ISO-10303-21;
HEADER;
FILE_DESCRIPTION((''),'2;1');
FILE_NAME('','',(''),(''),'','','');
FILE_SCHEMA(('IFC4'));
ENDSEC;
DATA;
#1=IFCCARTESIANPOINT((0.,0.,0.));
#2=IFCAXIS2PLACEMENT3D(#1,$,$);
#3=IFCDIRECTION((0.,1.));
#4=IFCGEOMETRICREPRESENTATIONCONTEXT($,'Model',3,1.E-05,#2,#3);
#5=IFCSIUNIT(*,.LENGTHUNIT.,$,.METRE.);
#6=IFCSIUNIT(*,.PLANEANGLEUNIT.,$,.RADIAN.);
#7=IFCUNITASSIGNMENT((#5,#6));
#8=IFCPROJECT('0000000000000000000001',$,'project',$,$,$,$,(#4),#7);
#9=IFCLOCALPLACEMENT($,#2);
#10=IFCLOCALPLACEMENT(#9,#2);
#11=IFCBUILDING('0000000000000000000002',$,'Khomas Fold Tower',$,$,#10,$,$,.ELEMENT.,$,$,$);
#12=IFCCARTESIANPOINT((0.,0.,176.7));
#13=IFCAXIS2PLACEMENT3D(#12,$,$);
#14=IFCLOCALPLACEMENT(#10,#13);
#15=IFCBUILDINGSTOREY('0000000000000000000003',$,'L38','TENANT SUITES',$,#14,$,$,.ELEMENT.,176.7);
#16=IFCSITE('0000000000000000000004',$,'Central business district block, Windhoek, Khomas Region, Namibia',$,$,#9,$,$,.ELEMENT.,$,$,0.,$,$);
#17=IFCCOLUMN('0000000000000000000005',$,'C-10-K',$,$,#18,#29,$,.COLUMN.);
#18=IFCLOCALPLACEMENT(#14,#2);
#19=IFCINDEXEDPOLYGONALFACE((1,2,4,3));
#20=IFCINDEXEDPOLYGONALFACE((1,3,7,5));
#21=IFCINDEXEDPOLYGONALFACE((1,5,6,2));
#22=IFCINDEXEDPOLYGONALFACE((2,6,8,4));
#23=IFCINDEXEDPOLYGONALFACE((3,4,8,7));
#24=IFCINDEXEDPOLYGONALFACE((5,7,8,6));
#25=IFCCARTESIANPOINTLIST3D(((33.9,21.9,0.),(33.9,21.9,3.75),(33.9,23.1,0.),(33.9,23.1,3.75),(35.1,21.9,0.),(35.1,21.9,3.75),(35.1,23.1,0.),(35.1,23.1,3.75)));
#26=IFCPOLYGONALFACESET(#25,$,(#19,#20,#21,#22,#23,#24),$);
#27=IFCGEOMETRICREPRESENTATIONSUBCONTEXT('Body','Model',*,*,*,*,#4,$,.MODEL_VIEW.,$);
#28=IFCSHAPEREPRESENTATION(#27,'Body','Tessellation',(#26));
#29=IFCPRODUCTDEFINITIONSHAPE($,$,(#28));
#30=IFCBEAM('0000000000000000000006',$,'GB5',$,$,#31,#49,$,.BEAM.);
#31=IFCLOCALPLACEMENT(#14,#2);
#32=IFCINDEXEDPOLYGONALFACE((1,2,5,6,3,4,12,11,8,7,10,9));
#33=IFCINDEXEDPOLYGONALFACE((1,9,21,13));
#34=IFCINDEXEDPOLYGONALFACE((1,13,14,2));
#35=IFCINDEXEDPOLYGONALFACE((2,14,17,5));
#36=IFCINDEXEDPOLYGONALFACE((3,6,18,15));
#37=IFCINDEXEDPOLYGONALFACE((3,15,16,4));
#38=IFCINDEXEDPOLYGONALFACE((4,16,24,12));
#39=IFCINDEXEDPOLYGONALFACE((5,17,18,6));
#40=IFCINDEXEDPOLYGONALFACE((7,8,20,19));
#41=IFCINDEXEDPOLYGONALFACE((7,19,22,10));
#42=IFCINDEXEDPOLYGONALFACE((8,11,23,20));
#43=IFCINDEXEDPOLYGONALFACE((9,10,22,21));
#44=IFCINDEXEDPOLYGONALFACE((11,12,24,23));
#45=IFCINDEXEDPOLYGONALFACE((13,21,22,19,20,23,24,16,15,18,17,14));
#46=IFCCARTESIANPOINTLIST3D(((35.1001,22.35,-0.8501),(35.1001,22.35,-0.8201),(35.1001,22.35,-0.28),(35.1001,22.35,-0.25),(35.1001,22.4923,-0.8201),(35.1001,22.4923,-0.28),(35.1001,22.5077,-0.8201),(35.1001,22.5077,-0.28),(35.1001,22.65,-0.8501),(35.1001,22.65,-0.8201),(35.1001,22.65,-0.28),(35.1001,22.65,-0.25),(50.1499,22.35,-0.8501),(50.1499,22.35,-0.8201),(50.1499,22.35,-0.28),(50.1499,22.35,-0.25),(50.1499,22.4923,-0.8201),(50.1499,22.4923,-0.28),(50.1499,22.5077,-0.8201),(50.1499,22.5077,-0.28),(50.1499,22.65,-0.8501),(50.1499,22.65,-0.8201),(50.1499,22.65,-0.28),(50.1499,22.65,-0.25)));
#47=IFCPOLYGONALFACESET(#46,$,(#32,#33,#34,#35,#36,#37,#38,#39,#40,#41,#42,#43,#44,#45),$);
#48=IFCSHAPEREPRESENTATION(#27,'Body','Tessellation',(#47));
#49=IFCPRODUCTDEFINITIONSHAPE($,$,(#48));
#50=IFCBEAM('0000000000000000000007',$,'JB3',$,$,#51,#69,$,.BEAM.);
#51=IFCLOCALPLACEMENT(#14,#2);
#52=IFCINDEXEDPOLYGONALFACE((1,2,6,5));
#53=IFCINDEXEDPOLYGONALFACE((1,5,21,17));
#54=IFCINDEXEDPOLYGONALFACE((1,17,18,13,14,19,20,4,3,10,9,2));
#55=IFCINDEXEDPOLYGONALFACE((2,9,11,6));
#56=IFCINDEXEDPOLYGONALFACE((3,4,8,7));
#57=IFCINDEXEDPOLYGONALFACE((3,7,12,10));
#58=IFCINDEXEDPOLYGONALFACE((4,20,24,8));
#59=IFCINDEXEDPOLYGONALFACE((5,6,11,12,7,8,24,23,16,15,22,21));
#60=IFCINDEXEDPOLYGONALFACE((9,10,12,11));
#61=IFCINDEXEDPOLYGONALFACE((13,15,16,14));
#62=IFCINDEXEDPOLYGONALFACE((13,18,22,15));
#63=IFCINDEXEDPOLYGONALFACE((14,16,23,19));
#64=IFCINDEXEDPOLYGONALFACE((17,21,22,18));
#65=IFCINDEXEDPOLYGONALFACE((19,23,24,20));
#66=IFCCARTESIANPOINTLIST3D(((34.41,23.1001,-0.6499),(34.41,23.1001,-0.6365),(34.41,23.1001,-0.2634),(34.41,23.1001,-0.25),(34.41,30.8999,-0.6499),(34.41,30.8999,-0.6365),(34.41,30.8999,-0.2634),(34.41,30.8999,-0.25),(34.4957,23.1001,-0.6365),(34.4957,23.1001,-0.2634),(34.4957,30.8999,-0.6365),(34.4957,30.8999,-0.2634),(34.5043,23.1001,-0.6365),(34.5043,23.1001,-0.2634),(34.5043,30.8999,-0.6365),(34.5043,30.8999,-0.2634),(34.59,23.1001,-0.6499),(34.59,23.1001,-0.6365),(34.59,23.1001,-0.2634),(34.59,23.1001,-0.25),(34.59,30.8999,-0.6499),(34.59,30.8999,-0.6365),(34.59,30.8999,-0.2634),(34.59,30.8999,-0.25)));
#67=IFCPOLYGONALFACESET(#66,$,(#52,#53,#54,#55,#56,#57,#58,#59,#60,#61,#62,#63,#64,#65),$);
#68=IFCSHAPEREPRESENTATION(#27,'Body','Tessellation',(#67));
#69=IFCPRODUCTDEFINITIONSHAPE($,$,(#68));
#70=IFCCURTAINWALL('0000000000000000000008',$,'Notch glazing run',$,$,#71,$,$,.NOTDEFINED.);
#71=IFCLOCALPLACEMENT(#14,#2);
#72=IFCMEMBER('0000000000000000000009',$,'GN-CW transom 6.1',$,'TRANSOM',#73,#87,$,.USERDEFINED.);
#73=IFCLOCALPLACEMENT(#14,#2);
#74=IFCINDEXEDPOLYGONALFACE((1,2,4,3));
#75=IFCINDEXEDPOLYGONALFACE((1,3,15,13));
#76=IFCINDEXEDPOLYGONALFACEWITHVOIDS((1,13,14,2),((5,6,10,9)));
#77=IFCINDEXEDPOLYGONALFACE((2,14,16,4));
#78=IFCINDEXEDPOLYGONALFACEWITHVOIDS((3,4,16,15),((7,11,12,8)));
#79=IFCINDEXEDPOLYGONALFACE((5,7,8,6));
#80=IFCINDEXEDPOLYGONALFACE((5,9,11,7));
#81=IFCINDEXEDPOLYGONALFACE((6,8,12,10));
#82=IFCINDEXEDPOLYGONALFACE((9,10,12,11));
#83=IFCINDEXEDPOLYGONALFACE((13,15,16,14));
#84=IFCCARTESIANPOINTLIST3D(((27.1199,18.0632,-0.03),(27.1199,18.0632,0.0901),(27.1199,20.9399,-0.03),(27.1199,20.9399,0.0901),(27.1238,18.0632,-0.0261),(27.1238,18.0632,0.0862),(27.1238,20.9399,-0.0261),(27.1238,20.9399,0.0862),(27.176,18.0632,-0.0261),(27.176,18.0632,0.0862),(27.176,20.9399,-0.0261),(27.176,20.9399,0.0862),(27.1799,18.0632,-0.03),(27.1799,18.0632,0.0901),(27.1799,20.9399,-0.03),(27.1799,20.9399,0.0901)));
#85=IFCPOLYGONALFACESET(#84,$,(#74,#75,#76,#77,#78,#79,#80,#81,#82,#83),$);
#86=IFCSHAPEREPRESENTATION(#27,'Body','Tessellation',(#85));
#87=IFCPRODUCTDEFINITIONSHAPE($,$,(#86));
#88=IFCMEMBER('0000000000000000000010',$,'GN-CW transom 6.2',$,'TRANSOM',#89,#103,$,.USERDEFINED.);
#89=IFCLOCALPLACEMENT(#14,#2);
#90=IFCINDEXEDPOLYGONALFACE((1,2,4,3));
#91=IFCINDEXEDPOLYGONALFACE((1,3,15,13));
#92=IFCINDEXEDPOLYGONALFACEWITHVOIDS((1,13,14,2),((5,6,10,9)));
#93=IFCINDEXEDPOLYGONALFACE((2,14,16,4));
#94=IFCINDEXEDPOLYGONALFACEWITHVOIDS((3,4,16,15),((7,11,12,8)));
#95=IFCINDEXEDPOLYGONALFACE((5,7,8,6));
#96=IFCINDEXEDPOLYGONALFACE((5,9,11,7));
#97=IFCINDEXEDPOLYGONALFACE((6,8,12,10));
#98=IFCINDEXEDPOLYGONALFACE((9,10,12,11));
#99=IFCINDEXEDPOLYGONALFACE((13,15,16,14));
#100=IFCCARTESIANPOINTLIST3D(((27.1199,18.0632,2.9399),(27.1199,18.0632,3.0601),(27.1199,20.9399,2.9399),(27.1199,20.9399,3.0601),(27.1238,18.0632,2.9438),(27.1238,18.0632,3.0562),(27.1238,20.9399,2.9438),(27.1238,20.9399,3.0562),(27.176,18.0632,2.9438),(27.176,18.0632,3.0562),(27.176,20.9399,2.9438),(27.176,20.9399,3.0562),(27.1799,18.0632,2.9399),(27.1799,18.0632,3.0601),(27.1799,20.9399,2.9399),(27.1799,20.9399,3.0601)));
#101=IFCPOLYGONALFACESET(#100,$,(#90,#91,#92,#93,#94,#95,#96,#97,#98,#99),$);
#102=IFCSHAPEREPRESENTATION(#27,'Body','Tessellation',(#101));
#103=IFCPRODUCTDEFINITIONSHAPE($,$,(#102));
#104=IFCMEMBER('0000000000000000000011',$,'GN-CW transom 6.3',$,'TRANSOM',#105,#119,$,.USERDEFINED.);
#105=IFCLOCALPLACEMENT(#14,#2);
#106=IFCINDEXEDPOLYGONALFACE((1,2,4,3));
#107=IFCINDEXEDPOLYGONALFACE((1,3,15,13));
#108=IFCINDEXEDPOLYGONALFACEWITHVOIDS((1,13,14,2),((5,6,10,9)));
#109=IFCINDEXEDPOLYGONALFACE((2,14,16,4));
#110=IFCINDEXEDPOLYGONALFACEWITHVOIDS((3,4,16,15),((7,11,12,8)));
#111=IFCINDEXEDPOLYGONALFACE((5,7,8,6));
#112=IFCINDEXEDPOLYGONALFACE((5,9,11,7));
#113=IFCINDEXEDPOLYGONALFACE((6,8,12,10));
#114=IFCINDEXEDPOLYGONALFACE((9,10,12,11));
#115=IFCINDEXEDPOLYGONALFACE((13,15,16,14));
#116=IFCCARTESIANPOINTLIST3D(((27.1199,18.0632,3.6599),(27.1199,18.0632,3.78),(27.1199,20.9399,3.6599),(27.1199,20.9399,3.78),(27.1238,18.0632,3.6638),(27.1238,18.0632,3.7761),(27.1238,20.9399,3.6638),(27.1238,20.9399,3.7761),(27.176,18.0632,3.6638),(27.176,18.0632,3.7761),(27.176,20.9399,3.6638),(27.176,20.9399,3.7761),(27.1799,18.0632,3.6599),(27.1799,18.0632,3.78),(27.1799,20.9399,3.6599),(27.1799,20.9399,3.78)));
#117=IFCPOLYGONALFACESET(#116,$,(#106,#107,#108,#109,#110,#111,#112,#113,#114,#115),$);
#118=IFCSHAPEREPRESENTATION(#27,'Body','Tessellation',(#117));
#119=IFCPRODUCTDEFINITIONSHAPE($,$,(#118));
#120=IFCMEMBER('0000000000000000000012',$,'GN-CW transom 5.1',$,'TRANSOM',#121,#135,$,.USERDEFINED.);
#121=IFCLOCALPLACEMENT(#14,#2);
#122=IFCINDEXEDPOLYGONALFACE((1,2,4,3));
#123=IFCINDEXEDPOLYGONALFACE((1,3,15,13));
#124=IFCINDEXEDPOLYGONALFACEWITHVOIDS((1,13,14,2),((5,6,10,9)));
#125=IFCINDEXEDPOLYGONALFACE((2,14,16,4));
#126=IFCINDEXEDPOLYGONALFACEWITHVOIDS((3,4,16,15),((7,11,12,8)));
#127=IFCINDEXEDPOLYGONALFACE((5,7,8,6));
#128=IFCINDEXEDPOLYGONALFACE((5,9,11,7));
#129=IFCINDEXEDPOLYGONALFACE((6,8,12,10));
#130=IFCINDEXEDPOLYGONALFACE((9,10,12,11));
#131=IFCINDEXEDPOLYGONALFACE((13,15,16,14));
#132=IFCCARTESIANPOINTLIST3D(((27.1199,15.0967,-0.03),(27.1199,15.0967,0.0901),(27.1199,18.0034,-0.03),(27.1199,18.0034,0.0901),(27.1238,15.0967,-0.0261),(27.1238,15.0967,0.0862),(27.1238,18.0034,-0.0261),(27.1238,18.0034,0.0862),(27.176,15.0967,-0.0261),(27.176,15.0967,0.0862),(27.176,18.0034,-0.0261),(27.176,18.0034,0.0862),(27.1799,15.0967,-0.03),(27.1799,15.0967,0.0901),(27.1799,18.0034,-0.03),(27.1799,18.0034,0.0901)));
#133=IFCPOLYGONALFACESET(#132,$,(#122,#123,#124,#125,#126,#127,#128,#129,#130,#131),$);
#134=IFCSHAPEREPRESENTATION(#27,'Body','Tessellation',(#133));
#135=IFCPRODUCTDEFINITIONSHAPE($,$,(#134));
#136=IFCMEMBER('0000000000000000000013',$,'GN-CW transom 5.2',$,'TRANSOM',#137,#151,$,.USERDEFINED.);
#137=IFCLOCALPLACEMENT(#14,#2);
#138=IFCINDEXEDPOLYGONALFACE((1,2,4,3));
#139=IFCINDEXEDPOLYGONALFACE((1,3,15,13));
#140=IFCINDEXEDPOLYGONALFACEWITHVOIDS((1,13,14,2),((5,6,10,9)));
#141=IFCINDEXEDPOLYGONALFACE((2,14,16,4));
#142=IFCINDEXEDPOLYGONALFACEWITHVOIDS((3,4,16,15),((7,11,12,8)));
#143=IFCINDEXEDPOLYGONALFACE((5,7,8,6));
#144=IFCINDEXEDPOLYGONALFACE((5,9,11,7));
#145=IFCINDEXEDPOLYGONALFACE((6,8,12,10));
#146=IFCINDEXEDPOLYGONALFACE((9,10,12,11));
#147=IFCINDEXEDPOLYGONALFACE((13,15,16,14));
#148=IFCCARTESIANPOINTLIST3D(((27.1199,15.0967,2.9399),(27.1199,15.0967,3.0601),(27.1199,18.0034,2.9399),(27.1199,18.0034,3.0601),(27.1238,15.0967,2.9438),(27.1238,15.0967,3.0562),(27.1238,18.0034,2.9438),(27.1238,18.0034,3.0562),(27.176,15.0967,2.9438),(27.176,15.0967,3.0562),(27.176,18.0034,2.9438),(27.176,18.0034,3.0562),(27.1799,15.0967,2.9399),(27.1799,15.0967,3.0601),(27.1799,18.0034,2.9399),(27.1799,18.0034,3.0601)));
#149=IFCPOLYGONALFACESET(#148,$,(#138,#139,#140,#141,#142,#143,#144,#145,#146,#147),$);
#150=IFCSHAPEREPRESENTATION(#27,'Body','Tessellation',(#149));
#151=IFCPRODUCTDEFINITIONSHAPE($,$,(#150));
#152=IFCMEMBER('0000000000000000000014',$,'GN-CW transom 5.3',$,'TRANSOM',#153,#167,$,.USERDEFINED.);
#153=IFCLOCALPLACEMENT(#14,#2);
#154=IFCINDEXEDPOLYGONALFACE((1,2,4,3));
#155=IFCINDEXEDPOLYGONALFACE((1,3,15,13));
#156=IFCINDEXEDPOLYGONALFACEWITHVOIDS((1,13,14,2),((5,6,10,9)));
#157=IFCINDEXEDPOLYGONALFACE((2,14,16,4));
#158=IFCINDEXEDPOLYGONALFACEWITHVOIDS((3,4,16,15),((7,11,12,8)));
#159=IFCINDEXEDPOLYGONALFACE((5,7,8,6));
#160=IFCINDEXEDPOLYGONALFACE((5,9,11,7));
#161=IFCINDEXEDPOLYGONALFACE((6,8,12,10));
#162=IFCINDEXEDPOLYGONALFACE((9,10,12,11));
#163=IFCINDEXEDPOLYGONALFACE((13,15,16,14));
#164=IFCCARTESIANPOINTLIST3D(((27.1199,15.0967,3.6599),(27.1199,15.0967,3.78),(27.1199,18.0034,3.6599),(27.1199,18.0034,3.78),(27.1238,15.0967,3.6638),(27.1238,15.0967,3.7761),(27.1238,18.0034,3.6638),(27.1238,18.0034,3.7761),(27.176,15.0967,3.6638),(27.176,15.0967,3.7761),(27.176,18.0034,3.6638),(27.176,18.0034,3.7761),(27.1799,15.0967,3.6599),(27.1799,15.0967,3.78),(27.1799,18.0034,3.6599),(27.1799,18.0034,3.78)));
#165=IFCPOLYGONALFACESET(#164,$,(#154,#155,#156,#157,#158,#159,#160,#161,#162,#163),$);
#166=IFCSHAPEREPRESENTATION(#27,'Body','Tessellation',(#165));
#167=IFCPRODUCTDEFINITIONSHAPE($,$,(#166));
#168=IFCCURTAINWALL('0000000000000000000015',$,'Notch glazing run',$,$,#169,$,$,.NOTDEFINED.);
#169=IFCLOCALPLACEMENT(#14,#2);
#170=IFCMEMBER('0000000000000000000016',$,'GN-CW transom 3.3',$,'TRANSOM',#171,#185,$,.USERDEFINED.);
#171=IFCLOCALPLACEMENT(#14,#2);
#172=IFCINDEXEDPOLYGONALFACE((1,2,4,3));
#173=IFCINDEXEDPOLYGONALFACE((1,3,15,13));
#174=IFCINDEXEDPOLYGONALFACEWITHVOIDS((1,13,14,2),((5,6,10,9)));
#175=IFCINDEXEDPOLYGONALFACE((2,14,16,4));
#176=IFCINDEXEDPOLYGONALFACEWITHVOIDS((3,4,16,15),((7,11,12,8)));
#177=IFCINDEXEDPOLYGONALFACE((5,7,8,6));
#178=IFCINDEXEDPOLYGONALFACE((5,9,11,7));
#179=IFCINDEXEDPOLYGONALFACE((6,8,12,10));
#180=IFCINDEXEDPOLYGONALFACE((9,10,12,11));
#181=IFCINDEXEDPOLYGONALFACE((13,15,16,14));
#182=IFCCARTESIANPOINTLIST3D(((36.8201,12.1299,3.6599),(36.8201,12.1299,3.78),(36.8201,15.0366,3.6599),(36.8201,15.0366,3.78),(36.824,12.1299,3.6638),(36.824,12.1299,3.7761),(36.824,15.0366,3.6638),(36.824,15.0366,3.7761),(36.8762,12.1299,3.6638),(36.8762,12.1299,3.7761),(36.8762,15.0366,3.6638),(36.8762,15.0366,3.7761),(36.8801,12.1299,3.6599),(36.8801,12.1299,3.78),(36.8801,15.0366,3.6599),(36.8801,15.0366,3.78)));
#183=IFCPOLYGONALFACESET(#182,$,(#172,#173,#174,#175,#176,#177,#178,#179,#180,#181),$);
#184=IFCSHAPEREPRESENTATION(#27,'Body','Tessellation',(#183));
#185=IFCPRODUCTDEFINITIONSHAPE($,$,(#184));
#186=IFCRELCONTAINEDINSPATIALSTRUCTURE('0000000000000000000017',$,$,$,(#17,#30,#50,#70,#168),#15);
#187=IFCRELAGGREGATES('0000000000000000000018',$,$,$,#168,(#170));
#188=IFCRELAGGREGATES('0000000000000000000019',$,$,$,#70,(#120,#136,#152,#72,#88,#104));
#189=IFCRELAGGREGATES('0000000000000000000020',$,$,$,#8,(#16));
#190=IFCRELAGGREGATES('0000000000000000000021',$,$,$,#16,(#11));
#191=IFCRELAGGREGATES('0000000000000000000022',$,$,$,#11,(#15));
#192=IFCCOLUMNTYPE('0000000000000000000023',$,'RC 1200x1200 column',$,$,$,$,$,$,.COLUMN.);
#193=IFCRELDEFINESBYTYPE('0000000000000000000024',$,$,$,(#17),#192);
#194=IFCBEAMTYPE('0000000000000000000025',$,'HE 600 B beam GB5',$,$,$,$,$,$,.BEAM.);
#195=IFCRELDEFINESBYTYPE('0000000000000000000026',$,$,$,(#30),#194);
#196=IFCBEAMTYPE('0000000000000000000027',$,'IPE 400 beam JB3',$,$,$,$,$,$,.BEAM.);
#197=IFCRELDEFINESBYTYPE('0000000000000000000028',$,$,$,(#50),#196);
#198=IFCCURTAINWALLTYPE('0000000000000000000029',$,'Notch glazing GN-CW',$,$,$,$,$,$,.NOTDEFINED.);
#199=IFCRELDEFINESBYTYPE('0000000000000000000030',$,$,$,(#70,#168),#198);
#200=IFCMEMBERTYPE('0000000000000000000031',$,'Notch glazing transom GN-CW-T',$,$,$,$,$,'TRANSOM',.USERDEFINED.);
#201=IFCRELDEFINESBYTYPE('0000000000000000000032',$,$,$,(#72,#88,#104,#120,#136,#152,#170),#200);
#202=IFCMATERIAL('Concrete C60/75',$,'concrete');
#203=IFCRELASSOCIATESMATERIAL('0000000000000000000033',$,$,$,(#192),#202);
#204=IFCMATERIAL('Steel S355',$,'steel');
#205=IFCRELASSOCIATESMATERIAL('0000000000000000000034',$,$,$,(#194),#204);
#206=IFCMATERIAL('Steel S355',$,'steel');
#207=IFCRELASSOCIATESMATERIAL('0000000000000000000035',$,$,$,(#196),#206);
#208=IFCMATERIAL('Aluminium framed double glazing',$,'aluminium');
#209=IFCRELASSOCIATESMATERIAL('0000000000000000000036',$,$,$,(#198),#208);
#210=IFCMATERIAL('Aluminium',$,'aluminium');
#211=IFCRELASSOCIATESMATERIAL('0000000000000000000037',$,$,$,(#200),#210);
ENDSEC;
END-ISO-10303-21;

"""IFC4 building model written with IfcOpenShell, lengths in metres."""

from ifc_helpers import new_model, si_unit, direction, frame, origin, origin_2d, place, context, subcontext, project, spatial, rectangle, hollow_rectangle, i_section, extrude, source, transform, mapped, material, material_profile, profile_set, type_object, element, aggregate, save


model = new_model("IFC4")

# Units and contexts
model_context = context("Model", 3, precision=1e-05, world=origin(), true_north=direction((0.0, 1.0)))
body_context = subcontext(model_context, "Body", "Model", "MODEL_VIEW")
ifc_project = project(units=[si_unit("LENGTHUNIT", "METRE"), si_unit("PLANEANGLEUNIT", "RADIAN")], contexts=[model_context])

# Site, building, storey
site_placement = place(None, origin())
site = spatial("IfcSite", under=ifc_project, at=site_placement, Name="Central business district block, Windhoek, Khomas Region, Namibia", CompositionType="ELEMENT", RefElevation=0.0)
building_placement = place(site_placement, origin())
building = spatial("IfcBuilding", under=site, at=building_placement, Name="Khomas Fold Tower", CompositionType="ELEMENT")
storey_placement = place(building_placement, frame((0.0, 0.0, 176.7)))
storey = spatial("IfcBuildingStorey", under=building, at=storey_placement, Name="L38", Description="TENANT SUITES", CompositionType="ELEMENT", Elevation=176.7)

# Column
ifc_material_1 = material(Name="Concrete C60/75", Category="concrete")
ifc_material_profile_1 = material_profile(ifc_material_1, rectangle(XDim=1.2, YDim=1.2, at=origin_2d()), Name="RC 1200x1200")
ifc_profile_set_1 = profile_set([ifc_material_profile_1], Name="Concrete C60/75")
column_type = type_object("IfcColumnType", Name="RC 1200x1200 column", PredefinedType="COLUMN", material=ifc_profile_set_1)
shared_shape_1 = source(origin(), body_context, "Body", "SweptSolid", [
    extrude(rectangle(XDim=1.2, YDim=1.2, at=origin_2d()), origin(), (0.0, 0.0, 1.0), 3.75),
])
column_placement = place(storey_placement, frame((34.5, 22.5, 0.0), z_axis=(0.0, 0.0, 1.0), x_axis=(1.0, 0.0, 0.0)))
element("IfcColumn", 1, at=column_placement, inside=storey, type_object=column_type, Name="C-10-K", PredefinedType="COLUMN", context=body_context, shape_type="MappedRepresentation", body=[
    mapped(shared_shape_1, transform((0.0, 0.0, 0.0))),
])

# Beams
ifc_material_2 = material(Name="Steel S355", Category="steel")
ifc_material_profile_2 = material_profile(ifc_material_2, i_section(OverallWidth=0.3, OverallDepth=0.6001, WebThickness=0.0154, FlangeThickness=0.03, at=origin_2d()), Name="HE 600 B")
ifc_profile_set_2 = profile_set([ifc_material_profile_2], Name="Steel S355")
beam_type_1 = type_object("IfcBeamType", Name="HE 600 B beam GB5", PredefinedType="BEAM", material=ifc_profile_set_2)
shared_shape_2 = source(origin(), body_context, "Body", "SweptSolid", [
    extrude(i_section(OverallWidth=0.3, OverallDepth=0.6001, WebThickness=0.0154, FlangeThickness=0.03, at=origin_2d()), origin(), (0.0, 0.0, 1.0), 15.0498),
])
beam_1_placement = place(storey_placement, frame((35.1001, 22.5, -0.55), z_axis=(1.0, 0.0, 0.0), x_axis=(0.0, 1.0, 0.0)))
element("IfcBeam", 2, at=beam_1_placement, inside=storey, type_object=beam_type_1, Name="GB5", PredefinedType="BEAM", context=body_context, shape_type="MappedRepresentation", body=[
    mapped(shared_shape_2, transform((0.0, 0.0, 0.0))),
])
ifc_material_3 = material(Name="Steel S355", Category="steel")
ifc_material_profile_3 = material_profile(ifc_material_3, i_section(OverallWidth=0.1799, OverallDepth=0.3999, WebThickness=0.0085, FlangeThickness=0.0134, at=origin_2d()), Name="IPE 400")
ifc_profile_set_3 = profile_set([ifc_material_profile_3], Name="Steel S355")
beam_type_2 = type_object("IfcBeamType", Name="IPE 400 beam JB3", PredefinedType="BEAM", material=ifc_profile_set_3)
shared_shape_3 = source(origin(), body_context, "Body", "SweptSolid", [
    extrude(i_section(OverallWidth=0.1799, OverallDepth=0.3999, WebThickness=0.0085, FlangeThickness=0.0134, at=origin_2d()), origin(), (0.0, 0.0, 1.0), 7.7998),
])
beam_2_placement = place(storey_placement, frame((34.5, 23.1001, -0.45), z_axis=(0.0, 1.0, 0.0), x_axis=(-1.0, 0.0, 0.0)))
element("IfcBeam", 3, at=beam_2_placement, inside=storey, type_object=beam_type_2, Name="JB3", PredefinedType="BEAM", context=body_context, shape_type="MappedRepresentation", body=[
    mapped(shared_shape_3, transform((0.0, 0.0, 0.0))),
])

# Curtain wall, members
ifc_material_4 = material(Name="Aluminium framed double glazing", Category="aluminium")
curtain_wall_type = type_object("IfcCurtainWallType", Name="Notch glazing GN-CW", PredefinedType="NOTDEFINED", material=ifc_material_4)
curtain_wall_1_placement = place(storey_placement, origin())
curtain_wall_1 = element("IfcCurtainWall", 4, at=curtain_wall_1_placement, inside=storey, type_object=curtain_wall_type, Name="Notch glazing run", PredefinedType="NOTDEFINED")
ifc_material_5 = material(Name="Aluminium", Category="aluminium")
ifc_material_profile_4 = material_profile(ifc_material_5, hollow_rectangle(XDim=0.0601, YDim=0.1201, WallThickness=0.0039, at=origin_2d()), Name="Notch glazing transom GN-CW-T")
ifc_profile_set_4 = profile_set([ifc_material_profile_4], Name="Aluminium")
member_type_1 = type_object("IfcMemberType", Name="Notch glazing transom GN-CW-T", ElementType="TRANSOM", PredefinedType="USERDEFINED", material=ifc_profile_set_4)
shared_shape_4 = source(origin(), body_context, "Body", "SweptSolid", [
    extrude(hollow_rectangle(XDim=0.0601, YDim=0.1201, WallThickness=0.0039, at=origin_2d()), origin(), (0.0, 0.0, 1.0), 2.8767),
])
member_1_placement = place(storey_placement, frame((27.1499, 18.0632, 0.03), z_axis=(0.0, 1.0, 0.0), x_axis=(-1.0, 0.0, 0.0)))
member_1 = element("IfcMember", 5, at=member_1_placement, type_object=member_type_1, Name="GN-CW transom 6.1", ObjectType="TRANSOM", PredefinedType="USERDEFINED", context=body_context, shape_type="MappedRepresentation", body=[
    mapped(shared_shape_4, transform((0.0, 0.0, 0.0))),
])
member_2_placement = place(storey_placement, frame((27.1499, 18.0632, 3.0), z_axis=(0.0, 1.0, 0.0), x_axis=(-1.0, 0.0, 0.0)))
member_2 = element("IfcMember", 6, at=member_2_placement, type_object=member_type_1, Name="GN-CW transom 6.2", ObjectType="TRANSOM", PredefinedType="USERDEFINED", context=body_context, shape_type="MappedRepresentation", body=[
    mapped(shared_shape_4, transform((0.0, 0.0, 0.0))),
])
member_3_placement = place(storey_placement, frame((27.1499, 18.0632, 3.72), z_axis=(0.0, 1.0, 0.0), x_axis=(-1.0, 0.0, 0.0)))
member_3 = element("IfcMember", 7, at=member_3_placement, type_object=member_type_1, Name="GN-CW transom 6.3", ObjectType="TRANSOM", PredefinedType="USERDEFINED", context=body_context, shape_type="MappedRepresentation", body=[
    mapped(shared_shape_4, transform((0.0, 0.0, 0.0))),
])
shared_shape_5 = source(origin(), body_context, "Body", "SweptSolid", [
    extrude(hollow_rectangle(XDim=0.0601, YDim=0.1201, WallThickness=0.0039, at=origin_2d()), origin(), (0.0, 0.0, 1.0), 2.9067),
])
member_4_placement = place(storey_placement, frame((27.1499, 15.0967, 0.03), z_axis=(0.0, 1.0, 0.0), x_axis=(-1.0, 0.0, 0.0)))
member_4 = element("IfcMember", 8, at=member_4_placement, type_object=member_type_1, Name="GN-CW transom 5.1", ObjectType="TRANSOM", PredefinedType="USERDEFINED", context=body_context, shape_type="MappedRepresentation", body=[
    mapped(shared_shape_5, transform((0.0, 0.0, 0.0))),
])
member_5_placement = place(storey_placement, frame((27.1499, 15.0967, 3.0), z_axis=(0.0, 1.0, 0.0), x_axis=(-1.0, 0.0, 0.0)))
member_5 = element("IfcMember", 9, at=member_5_placement, type_object=member_type_1, Name="GN-CW transom 5.2", ObjectType="TRANSOM", PredefinedType="USERDEFINED", context=body_context, shape_type="MappedRepresentation", body=[
    mapped(shared_shape_5, transform((0.0, 0.0, 0.0))),
])
member_6_placement = place(storey_placement, frame((27.1499, 15.0967, 3.72), z_axis=(0.0, 1.0, 0.0), x_axis=(-1.0, 0.0, 0.0)))
member_6 = element("IfcMember", 10, at=member_6_placement, type_object=member_type_1, Name="GN-CW transom 5.3", ObjectType="TRANSOM", PredefinedType="USERDEFINED", context=body_context, shape_type="MappedRepresentation", body=[
    mapped(shared_shape_5, transform((0.0, 0.0, 0.0))),
])

# Curtain wall, member
curtain_wall_2_placement = place(storey_placement, origin())
curtain_wall_2 = element("IfcCurtainWall", 11, at=curtain_wall_2_placement, inside=storey, type_object=curtain_wall_type, Name="Notch glazing run", PredefinedType="NOTDEFINED")
member_7_placement = place(storey_placement, frame((36.8501, 15.0366, 3.72), z_axis=(0.0, -1.0, 0.0), x_axis=(1.0, 0.0, 0.0)))
member_7 = element("IfcMember", 12, at=member_7_placement, type_object=member_type_1, Name="GN-CW transom 3.3", ObjectType="TRANSOM", PredefinedType="USERDEFINED", context=body_context, shape_type="MappedRepresentation", body=[
    mapped(shared_shape_5, transform((0.0, 0.0, 0.0))),
])
aggregate(curtain_wall_2, [member_7])

aggregate(curtain_wall_1, [member_4, member_5, member_6, member_1, member_2, member_3])

save(model, "model.ifc")
